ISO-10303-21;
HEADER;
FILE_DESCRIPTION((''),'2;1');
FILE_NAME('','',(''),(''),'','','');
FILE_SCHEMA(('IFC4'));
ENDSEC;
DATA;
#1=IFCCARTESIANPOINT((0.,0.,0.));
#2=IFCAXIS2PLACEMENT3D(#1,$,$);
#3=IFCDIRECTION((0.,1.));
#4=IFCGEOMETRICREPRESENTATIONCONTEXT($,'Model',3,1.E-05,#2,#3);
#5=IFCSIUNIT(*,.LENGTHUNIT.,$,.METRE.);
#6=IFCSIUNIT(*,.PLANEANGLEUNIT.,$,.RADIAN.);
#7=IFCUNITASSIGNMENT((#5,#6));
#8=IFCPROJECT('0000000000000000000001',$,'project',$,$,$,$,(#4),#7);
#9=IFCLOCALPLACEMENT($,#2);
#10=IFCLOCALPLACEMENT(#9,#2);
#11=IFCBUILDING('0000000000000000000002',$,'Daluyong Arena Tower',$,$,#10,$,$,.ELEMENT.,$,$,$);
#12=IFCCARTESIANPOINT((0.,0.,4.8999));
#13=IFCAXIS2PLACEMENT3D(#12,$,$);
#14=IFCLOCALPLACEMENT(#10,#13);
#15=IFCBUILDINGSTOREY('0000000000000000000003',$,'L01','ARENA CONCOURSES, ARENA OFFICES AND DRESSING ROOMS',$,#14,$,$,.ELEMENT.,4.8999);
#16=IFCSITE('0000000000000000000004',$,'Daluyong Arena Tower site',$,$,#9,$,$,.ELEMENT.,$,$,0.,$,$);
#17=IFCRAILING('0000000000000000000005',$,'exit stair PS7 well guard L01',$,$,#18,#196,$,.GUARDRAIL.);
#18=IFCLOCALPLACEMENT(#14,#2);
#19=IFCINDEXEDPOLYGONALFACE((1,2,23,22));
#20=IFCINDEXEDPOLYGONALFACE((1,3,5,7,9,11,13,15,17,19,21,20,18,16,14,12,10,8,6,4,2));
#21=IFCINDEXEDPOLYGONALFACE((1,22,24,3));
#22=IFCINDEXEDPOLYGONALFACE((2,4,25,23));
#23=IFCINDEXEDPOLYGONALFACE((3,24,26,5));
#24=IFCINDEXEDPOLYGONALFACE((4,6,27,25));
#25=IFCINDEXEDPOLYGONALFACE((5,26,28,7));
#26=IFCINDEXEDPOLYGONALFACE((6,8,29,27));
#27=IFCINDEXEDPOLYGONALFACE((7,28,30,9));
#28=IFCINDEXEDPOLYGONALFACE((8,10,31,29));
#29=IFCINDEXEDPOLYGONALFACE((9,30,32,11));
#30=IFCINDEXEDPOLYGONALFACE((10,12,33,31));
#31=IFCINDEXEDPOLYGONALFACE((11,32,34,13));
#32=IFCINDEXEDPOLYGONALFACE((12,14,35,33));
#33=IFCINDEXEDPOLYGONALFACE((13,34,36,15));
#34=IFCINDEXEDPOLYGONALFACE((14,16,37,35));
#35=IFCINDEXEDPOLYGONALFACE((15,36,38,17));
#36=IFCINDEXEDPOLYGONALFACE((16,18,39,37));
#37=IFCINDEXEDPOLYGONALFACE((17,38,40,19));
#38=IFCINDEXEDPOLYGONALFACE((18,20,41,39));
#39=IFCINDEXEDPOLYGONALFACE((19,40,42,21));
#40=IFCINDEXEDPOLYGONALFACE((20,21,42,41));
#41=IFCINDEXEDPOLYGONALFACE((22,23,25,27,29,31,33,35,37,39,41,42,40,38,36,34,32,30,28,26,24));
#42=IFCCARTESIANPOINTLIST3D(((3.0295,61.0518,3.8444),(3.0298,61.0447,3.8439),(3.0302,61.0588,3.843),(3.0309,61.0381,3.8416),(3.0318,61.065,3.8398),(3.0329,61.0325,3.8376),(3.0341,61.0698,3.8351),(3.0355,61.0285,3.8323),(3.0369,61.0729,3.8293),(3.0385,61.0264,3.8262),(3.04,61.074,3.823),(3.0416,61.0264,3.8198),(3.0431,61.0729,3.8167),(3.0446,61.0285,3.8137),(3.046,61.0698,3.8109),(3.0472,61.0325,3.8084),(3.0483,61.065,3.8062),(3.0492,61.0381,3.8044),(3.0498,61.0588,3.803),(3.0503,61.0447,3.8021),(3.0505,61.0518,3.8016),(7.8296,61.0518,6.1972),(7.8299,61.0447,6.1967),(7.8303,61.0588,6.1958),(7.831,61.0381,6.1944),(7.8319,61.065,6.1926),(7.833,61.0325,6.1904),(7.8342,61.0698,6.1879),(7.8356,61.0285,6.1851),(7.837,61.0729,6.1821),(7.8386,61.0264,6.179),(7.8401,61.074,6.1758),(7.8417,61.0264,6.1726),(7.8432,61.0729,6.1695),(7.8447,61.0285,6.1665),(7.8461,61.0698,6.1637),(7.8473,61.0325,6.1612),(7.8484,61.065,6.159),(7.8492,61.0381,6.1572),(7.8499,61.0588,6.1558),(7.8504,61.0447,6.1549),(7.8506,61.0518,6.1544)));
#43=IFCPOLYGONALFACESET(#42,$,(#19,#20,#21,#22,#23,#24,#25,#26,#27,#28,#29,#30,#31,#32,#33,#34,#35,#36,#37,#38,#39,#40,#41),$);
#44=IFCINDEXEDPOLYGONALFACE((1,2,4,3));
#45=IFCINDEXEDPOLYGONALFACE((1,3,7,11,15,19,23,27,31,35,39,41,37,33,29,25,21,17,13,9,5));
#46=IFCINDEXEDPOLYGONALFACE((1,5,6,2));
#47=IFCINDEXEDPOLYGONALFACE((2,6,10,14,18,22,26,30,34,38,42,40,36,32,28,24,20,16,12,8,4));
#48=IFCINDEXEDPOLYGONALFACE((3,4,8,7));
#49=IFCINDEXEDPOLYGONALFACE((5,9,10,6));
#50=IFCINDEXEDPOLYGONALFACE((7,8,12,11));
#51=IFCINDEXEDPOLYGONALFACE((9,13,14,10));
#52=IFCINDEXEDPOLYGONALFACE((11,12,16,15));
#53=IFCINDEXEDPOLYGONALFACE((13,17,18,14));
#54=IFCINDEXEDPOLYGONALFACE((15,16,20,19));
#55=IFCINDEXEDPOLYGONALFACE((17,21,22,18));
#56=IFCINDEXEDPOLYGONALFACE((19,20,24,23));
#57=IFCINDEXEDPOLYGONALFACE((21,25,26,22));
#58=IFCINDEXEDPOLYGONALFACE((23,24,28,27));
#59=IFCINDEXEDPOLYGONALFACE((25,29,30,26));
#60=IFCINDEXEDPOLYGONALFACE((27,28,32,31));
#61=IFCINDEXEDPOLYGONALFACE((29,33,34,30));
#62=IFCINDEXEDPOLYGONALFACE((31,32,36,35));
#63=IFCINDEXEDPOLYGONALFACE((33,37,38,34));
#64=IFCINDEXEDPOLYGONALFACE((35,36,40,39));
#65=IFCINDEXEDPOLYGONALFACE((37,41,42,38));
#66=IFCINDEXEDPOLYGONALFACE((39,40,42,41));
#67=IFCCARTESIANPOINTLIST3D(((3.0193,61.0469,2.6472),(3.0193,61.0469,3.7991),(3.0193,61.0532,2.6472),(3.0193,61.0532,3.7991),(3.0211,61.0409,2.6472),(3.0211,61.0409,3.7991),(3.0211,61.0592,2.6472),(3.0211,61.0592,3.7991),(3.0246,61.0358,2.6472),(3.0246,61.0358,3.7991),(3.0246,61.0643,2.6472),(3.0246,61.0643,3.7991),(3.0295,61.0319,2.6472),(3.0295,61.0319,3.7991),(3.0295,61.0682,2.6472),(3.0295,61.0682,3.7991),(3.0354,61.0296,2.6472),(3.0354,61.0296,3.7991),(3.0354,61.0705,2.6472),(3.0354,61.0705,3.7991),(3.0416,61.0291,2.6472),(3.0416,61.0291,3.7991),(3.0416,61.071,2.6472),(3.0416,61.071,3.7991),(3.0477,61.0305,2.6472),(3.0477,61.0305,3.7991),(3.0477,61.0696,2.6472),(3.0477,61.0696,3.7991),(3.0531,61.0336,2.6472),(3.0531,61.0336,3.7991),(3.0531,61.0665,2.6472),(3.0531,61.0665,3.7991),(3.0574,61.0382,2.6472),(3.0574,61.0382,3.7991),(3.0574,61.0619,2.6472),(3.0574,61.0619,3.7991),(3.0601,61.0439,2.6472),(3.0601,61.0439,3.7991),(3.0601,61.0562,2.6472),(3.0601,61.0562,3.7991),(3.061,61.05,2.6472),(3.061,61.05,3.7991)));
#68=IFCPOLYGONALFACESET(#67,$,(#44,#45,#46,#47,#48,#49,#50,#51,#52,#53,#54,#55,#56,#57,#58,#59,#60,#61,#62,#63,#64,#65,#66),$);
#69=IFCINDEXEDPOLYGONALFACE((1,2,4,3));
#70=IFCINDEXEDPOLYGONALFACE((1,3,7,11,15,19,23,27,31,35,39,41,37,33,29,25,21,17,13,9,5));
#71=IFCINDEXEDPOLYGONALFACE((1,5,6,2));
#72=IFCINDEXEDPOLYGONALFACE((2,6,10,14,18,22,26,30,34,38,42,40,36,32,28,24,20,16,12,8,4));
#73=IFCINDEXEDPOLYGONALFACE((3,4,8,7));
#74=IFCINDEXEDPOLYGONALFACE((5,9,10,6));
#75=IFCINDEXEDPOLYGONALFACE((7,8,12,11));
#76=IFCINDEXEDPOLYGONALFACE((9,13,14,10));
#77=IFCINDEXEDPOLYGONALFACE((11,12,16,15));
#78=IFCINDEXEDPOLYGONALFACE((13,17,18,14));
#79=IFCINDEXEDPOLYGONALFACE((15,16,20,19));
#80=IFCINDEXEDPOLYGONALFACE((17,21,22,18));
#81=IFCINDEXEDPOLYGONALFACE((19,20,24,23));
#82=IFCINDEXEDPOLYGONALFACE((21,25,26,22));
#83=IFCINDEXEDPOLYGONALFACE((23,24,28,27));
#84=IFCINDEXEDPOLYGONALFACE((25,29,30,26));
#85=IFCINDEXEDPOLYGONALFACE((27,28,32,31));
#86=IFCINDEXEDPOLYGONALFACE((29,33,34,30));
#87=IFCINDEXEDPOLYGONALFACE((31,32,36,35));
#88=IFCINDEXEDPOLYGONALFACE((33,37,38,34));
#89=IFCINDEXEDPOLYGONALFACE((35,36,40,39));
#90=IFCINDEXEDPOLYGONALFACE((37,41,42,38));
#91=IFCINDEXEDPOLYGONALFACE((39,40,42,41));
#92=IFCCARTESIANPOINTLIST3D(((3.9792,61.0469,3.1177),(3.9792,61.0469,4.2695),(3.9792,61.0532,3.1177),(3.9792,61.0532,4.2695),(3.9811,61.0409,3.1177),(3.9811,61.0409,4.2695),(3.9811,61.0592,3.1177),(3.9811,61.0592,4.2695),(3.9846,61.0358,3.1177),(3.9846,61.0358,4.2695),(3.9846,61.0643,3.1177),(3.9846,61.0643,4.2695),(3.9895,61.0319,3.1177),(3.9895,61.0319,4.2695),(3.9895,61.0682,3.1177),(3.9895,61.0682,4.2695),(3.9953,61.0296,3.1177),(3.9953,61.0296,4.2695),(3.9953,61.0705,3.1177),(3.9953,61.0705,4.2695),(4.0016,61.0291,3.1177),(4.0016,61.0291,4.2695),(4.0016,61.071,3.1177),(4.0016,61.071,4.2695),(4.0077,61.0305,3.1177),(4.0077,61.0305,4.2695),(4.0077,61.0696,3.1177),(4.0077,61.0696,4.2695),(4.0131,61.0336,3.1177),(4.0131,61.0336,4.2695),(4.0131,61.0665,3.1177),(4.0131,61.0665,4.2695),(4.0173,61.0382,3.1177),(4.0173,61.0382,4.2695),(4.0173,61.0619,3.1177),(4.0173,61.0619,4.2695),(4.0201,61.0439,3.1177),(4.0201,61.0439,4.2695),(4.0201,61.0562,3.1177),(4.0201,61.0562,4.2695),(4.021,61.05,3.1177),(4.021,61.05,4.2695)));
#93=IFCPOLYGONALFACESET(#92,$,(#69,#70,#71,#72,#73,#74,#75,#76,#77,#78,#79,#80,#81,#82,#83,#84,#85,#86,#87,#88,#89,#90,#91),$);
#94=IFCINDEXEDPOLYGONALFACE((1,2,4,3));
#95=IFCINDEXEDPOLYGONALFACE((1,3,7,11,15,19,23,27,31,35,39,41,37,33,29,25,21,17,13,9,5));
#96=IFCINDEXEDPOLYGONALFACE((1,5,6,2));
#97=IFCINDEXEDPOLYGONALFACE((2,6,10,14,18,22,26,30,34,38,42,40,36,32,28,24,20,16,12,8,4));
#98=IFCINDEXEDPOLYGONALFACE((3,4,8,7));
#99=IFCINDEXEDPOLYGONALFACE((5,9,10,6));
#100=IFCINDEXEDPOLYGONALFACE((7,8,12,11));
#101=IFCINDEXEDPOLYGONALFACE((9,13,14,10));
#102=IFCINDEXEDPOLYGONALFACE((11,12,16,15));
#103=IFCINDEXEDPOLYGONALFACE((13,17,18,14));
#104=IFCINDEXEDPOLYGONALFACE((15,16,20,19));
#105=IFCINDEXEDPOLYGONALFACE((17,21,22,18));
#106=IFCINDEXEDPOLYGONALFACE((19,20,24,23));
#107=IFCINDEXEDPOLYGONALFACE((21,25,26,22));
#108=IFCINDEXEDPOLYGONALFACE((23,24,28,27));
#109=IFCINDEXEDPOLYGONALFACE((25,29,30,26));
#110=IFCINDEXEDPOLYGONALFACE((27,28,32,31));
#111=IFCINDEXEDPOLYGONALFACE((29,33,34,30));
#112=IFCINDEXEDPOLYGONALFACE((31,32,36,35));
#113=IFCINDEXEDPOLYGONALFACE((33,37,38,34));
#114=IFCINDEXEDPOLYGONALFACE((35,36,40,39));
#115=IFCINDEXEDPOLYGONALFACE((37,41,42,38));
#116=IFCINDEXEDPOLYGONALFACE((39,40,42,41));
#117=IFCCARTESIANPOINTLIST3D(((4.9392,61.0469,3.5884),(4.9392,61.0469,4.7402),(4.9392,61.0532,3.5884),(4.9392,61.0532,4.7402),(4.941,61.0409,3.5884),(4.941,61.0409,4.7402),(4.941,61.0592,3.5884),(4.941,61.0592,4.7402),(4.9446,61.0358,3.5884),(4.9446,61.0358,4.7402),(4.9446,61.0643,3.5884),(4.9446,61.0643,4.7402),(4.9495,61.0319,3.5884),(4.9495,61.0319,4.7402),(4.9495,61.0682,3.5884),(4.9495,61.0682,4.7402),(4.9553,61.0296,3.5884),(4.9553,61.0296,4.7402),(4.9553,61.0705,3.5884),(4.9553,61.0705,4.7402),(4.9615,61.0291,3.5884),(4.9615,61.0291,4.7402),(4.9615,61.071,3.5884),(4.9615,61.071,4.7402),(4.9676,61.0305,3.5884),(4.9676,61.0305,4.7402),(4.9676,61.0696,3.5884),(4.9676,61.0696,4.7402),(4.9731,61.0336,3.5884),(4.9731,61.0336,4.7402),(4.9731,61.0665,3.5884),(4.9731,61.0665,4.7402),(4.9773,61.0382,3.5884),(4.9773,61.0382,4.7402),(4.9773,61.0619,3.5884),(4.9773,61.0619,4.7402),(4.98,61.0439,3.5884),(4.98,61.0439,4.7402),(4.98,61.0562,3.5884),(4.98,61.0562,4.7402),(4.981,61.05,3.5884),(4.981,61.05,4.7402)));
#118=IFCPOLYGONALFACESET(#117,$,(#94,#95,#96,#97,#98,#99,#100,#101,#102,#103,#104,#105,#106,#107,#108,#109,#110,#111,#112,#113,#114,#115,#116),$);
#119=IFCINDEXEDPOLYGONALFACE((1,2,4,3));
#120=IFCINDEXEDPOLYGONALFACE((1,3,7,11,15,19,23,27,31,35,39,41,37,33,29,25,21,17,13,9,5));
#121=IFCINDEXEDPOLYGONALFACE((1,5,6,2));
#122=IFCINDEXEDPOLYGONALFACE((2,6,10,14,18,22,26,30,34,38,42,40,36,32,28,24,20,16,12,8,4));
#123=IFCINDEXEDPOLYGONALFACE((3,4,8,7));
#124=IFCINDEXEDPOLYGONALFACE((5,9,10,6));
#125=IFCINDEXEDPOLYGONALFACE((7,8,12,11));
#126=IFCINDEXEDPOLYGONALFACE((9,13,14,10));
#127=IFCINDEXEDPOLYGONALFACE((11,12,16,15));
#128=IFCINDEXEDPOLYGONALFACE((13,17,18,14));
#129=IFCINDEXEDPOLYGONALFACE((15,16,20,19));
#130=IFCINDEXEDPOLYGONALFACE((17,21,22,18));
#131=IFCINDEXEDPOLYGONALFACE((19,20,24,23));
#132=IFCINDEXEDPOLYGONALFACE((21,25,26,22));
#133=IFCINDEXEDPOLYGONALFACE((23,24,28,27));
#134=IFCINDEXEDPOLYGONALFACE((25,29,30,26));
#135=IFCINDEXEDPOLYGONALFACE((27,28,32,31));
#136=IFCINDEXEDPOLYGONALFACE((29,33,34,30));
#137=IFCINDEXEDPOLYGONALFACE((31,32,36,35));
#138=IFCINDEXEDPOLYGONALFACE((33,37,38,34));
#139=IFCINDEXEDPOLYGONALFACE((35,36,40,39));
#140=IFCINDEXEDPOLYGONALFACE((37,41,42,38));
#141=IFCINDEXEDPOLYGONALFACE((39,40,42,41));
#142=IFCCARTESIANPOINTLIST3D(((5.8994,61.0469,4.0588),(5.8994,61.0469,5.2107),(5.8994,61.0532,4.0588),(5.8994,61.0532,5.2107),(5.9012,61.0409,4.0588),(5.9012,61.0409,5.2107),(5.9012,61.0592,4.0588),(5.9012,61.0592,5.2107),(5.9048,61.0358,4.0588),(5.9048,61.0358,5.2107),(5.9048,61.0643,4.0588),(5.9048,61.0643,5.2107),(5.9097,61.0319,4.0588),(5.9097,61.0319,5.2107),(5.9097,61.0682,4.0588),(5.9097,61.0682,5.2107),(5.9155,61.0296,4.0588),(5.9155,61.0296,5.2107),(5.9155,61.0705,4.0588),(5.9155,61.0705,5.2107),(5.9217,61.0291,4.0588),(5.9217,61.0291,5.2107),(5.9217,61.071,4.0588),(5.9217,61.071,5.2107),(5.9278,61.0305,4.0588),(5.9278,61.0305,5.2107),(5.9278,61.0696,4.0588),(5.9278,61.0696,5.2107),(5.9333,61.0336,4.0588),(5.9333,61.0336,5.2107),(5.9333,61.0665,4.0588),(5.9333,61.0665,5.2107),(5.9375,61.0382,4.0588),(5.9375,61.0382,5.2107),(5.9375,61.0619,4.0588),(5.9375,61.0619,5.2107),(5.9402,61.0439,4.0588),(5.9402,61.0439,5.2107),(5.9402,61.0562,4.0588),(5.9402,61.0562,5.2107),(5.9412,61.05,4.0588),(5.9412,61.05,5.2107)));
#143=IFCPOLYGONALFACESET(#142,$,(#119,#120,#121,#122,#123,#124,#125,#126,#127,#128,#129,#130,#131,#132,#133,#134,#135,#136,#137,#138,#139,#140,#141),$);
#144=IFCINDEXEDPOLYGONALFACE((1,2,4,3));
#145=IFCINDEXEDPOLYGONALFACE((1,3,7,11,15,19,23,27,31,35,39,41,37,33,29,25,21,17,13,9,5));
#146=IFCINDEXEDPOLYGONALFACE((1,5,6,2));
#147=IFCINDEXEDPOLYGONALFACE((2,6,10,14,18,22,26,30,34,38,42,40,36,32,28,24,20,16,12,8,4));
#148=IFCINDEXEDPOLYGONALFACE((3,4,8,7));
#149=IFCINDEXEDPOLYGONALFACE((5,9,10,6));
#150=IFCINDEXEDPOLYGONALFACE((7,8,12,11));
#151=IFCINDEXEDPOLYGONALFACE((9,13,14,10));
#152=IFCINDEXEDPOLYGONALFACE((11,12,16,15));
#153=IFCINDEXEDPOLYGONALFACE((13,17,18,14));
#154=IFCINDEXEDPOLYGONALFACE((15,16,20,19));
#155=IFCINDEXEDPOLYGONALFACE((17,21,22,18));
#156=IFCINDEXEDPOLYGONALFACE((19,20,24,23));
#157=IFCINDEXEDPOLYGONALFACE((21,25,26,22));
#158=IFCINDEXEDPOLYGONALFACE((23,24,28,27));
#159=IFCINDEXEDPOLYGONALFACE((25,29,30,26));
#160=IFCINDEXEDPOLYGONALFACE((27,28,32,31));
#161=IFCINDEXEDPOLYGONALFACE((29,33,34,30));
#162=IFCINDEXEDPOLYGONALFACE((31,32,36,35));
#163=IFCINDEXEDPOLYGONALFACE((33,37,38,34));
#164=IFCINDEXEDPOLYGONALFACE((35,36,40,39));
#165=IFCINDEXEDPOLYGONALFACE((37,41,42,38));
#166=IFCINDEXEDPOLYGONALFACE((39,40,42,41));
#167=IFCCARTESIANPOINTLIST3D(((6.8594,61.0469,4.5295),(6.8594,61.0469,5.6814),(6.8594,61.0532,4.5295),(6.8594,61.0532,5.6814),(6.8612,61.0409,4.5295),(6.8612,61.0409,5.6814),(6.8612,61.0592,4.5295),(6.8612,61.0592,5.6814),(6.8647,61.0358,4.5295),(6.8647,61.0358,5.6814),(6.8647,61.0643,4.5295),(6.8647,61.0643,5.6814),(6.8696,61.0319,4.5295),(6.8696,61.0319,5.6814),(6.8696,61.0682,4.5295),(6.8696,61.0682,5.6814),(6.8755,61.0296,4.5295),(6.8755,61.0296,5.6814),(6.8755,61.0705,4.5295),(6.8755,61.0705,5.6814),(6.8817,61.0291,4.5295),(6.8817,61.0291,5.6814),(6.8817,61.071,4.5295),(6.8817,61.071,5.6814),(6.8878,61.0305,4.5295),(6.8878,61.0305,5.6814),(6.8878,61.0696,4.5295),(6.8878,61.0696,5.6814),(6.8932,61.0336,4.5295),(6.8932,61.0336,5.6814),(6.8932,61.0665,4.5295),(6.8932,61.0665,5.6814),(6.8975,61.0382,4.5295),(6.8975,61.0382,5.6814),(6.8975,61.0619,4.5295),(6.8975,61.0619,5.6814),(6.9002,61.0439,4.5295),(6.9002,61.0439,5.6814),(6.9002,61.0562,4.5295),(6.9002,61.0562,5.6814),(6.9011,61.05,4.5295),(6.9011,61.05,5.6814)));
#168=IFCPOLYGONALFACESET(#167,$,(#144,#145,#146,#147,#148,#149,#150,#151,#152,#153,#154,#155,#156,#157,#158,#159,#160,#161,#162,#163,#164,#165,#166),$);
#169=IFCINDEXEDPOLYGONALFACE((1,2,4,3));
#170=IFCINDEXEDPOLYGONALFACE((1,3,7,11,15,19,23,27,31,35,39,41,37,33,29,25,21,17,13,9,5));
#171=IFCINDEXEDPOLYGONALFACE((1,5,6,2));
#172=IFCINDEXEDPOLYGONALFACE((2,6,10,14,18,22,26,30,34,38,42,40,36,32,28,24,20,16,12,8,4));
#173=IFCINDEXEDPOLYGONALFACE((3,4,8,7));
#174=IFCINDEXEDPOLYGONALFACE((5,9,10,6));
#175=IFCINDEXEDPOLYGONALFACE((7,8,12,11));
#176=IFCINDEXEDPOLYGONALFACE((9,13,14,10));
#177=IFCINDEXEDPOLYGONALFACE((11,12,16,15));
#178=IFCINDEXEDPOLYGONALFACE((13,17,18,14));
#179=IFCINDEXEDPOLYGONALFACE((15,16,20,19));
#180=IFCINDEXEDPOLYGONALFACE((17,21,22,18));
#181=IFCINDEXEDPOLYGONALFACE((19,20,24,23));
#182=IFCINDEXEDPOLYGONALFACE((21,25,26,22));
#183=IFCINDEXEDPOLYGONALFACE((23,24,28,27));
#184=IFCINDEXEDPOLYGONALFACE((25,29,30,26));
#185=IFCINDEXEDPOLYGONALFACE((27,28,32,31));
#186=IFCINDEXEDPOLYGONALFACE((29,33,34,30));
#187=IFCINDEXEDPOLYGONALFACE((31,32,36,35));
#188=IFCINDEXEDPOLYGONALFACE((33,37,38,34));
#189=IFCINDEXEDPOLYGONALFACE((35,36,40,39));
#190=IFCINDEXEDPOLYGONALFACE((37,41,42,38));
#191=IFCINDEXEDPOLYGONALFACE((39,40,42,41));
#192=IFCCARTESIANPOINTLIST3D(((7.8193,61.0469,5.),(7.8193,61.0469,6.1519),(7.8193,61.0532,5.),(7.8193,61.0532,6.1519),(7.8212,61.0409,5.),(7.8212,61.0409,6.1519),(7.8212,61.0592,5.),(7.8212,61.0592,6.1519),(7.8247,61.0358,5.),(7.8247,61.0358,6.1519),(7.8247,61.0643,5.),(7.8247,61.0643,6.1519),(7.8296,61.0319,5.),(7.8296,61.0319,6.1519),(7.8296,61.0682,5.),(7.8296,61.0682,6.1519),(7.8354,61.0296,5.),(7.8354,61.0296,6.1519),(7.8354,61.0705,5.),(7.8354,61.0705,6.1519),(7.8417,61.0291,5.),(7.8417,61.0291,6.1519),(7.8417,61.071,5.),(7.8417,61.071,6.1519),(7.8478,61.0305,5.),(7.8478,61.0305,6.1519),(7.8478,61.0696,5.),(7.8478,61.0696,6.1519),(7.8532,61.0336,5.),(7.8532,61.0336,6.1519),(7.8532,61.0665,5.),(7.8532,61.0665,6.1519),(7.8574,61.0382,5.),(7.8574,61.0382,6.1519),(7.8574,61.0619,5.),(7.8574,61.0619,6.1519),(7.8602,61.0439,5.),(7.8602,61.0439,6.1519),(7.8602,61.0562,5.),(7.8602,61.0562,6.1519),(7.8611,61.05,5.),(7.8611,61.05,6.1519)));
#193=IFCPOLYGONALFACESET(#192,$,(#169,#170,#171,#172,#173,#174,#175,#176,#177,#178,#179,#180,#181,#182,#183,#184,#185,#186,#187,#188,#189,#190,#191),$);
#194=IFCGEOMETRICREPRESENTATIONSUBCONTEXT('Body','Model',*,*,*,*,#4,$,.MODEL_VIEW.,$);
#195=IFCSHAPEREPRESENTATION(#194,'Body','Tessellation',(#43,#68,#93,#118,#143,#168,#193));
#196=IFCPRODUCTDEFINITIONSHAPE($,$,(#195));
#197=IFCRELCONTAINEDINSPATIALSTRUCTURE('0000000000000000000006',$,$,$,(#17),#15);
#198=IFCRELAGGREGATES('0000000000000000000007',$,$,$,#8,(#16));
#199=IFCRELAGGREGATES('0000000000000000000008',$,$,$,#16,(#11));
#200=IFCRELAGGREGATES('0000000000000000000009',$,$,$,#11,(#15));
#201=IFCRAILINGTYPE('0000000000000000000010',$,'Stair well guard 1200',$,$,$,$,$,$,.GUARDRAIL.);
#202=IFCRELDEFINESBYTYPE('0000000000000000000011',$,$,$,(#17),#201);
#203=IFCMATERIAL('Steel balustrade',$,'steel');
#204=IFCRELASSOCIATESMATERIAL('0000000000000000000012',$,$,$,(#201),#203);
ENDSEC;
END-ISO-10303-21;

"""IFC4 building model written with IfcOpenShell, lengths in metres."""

from ifc_helpers import new_model, si_unit, direction, frame, origin, origin_2d, place, context, subcontext, project, spatial, circle, extrude, material, type_object, element, save


model = new_model("IFC4")

# Units and contexts
model_context = context("Model", 3, precision=1e-05, world=origin(), true_north=direction((0.0, 1.0)))
body_context = subcontext(model_context, "Body", "Model", "MODEL_VIEW")
ifc_project = project(units=[si_unit("LENGTHUNIT", "METRE"), si_unit("PLANEANGLEUNIT", "RADIAN")], contexts=[model_context])

# Site, building, storey
site_placement = place(None, origin())
site = spatial("IfcSite", under=ifc_project, at=site_placement, Name="Daluyong Arena Tower site", CompositionType="ELEMENT", RefElevation=0.0)
building_placement = place(site_placement, origin())
building = spatial("IfcBuilding", under=site, at=building_placement, Name="Daluyong Arena Tower", CompositionType="ELEMENT")
storey_placement = place(building_placement, frame((0.0, 0.0, 4.8999)))
storey = spatial("IfcBuildingStorey", under=building, at=storey_placement, Name="L01", Description="ARENA CONCOURSES, ARENA OFFICES AND DRESSING ROOMS", CompositionType="ELEMENT", Elevation=4.8999)

# Railing
ifc_material_1 = material(Name="Steel balustrade", Category="steel")
railing_type_1 = type_object("IfcRailingType", Name="Stair well guard 1200", PredefinedType="GUARDRAIL", material=ifc_material_1)
railing_1_placement = place(storey_placement, frame((3.04, 61.05, 2.6472)))
element("IfcRailing", 1, at=railing_1_placement, inside=storey, type_object=railing_type_1, Name="exit stair PS7 well guard L01", PredefinedType="GUARDRAIL", context=body_context, shape_type="SweptSolid", body=[
    extrude(circle(Radius=0.0239, at=origin_2d()), frame((0.0, 0.0, 1.1758), z_axis=(0.897934, 0.0, 0.44013), x_axis=(0.0, 1.0, 0.0)), (0.0, 0.0, 1.0), 5.3457),
    extrude(circle(Radius=0.021, at=origin_2d()), origin(), (0.0, 0.0, 1.0), 1.1519),
    extrude(circle(Radius=0.021, at=origin_2d()), frame((0.96, 0.0, 0.4705)), (0.0, 0.0, 1.0), 1.1519),
    extrude(circle(Radius=0.021, at=origin_2d()), frame((1.9199, 0.0, 0.9412)), (0.0, 0.0, 1.0), 1.1519),
    extrude(circle(Radius=0.021, at=origin_2d()), frame((2.8801, 0.0, 1.4116)), (0.0, 0.0, 1.0), 1.1519),
    extrude(circle(Radius=0.021, at=origin_2d()), frame((3.8401, 0.0, 1.8823)), (0.0, 0.0, 1.0), 1.1519),
    extrude(circle(Radius=0.021, at=origin_2d()), frame((4.8, 0.0, 2.3528)), (0.0, 0.0, 1.0), 1.1519),
])

save(model, "model.ifc")
